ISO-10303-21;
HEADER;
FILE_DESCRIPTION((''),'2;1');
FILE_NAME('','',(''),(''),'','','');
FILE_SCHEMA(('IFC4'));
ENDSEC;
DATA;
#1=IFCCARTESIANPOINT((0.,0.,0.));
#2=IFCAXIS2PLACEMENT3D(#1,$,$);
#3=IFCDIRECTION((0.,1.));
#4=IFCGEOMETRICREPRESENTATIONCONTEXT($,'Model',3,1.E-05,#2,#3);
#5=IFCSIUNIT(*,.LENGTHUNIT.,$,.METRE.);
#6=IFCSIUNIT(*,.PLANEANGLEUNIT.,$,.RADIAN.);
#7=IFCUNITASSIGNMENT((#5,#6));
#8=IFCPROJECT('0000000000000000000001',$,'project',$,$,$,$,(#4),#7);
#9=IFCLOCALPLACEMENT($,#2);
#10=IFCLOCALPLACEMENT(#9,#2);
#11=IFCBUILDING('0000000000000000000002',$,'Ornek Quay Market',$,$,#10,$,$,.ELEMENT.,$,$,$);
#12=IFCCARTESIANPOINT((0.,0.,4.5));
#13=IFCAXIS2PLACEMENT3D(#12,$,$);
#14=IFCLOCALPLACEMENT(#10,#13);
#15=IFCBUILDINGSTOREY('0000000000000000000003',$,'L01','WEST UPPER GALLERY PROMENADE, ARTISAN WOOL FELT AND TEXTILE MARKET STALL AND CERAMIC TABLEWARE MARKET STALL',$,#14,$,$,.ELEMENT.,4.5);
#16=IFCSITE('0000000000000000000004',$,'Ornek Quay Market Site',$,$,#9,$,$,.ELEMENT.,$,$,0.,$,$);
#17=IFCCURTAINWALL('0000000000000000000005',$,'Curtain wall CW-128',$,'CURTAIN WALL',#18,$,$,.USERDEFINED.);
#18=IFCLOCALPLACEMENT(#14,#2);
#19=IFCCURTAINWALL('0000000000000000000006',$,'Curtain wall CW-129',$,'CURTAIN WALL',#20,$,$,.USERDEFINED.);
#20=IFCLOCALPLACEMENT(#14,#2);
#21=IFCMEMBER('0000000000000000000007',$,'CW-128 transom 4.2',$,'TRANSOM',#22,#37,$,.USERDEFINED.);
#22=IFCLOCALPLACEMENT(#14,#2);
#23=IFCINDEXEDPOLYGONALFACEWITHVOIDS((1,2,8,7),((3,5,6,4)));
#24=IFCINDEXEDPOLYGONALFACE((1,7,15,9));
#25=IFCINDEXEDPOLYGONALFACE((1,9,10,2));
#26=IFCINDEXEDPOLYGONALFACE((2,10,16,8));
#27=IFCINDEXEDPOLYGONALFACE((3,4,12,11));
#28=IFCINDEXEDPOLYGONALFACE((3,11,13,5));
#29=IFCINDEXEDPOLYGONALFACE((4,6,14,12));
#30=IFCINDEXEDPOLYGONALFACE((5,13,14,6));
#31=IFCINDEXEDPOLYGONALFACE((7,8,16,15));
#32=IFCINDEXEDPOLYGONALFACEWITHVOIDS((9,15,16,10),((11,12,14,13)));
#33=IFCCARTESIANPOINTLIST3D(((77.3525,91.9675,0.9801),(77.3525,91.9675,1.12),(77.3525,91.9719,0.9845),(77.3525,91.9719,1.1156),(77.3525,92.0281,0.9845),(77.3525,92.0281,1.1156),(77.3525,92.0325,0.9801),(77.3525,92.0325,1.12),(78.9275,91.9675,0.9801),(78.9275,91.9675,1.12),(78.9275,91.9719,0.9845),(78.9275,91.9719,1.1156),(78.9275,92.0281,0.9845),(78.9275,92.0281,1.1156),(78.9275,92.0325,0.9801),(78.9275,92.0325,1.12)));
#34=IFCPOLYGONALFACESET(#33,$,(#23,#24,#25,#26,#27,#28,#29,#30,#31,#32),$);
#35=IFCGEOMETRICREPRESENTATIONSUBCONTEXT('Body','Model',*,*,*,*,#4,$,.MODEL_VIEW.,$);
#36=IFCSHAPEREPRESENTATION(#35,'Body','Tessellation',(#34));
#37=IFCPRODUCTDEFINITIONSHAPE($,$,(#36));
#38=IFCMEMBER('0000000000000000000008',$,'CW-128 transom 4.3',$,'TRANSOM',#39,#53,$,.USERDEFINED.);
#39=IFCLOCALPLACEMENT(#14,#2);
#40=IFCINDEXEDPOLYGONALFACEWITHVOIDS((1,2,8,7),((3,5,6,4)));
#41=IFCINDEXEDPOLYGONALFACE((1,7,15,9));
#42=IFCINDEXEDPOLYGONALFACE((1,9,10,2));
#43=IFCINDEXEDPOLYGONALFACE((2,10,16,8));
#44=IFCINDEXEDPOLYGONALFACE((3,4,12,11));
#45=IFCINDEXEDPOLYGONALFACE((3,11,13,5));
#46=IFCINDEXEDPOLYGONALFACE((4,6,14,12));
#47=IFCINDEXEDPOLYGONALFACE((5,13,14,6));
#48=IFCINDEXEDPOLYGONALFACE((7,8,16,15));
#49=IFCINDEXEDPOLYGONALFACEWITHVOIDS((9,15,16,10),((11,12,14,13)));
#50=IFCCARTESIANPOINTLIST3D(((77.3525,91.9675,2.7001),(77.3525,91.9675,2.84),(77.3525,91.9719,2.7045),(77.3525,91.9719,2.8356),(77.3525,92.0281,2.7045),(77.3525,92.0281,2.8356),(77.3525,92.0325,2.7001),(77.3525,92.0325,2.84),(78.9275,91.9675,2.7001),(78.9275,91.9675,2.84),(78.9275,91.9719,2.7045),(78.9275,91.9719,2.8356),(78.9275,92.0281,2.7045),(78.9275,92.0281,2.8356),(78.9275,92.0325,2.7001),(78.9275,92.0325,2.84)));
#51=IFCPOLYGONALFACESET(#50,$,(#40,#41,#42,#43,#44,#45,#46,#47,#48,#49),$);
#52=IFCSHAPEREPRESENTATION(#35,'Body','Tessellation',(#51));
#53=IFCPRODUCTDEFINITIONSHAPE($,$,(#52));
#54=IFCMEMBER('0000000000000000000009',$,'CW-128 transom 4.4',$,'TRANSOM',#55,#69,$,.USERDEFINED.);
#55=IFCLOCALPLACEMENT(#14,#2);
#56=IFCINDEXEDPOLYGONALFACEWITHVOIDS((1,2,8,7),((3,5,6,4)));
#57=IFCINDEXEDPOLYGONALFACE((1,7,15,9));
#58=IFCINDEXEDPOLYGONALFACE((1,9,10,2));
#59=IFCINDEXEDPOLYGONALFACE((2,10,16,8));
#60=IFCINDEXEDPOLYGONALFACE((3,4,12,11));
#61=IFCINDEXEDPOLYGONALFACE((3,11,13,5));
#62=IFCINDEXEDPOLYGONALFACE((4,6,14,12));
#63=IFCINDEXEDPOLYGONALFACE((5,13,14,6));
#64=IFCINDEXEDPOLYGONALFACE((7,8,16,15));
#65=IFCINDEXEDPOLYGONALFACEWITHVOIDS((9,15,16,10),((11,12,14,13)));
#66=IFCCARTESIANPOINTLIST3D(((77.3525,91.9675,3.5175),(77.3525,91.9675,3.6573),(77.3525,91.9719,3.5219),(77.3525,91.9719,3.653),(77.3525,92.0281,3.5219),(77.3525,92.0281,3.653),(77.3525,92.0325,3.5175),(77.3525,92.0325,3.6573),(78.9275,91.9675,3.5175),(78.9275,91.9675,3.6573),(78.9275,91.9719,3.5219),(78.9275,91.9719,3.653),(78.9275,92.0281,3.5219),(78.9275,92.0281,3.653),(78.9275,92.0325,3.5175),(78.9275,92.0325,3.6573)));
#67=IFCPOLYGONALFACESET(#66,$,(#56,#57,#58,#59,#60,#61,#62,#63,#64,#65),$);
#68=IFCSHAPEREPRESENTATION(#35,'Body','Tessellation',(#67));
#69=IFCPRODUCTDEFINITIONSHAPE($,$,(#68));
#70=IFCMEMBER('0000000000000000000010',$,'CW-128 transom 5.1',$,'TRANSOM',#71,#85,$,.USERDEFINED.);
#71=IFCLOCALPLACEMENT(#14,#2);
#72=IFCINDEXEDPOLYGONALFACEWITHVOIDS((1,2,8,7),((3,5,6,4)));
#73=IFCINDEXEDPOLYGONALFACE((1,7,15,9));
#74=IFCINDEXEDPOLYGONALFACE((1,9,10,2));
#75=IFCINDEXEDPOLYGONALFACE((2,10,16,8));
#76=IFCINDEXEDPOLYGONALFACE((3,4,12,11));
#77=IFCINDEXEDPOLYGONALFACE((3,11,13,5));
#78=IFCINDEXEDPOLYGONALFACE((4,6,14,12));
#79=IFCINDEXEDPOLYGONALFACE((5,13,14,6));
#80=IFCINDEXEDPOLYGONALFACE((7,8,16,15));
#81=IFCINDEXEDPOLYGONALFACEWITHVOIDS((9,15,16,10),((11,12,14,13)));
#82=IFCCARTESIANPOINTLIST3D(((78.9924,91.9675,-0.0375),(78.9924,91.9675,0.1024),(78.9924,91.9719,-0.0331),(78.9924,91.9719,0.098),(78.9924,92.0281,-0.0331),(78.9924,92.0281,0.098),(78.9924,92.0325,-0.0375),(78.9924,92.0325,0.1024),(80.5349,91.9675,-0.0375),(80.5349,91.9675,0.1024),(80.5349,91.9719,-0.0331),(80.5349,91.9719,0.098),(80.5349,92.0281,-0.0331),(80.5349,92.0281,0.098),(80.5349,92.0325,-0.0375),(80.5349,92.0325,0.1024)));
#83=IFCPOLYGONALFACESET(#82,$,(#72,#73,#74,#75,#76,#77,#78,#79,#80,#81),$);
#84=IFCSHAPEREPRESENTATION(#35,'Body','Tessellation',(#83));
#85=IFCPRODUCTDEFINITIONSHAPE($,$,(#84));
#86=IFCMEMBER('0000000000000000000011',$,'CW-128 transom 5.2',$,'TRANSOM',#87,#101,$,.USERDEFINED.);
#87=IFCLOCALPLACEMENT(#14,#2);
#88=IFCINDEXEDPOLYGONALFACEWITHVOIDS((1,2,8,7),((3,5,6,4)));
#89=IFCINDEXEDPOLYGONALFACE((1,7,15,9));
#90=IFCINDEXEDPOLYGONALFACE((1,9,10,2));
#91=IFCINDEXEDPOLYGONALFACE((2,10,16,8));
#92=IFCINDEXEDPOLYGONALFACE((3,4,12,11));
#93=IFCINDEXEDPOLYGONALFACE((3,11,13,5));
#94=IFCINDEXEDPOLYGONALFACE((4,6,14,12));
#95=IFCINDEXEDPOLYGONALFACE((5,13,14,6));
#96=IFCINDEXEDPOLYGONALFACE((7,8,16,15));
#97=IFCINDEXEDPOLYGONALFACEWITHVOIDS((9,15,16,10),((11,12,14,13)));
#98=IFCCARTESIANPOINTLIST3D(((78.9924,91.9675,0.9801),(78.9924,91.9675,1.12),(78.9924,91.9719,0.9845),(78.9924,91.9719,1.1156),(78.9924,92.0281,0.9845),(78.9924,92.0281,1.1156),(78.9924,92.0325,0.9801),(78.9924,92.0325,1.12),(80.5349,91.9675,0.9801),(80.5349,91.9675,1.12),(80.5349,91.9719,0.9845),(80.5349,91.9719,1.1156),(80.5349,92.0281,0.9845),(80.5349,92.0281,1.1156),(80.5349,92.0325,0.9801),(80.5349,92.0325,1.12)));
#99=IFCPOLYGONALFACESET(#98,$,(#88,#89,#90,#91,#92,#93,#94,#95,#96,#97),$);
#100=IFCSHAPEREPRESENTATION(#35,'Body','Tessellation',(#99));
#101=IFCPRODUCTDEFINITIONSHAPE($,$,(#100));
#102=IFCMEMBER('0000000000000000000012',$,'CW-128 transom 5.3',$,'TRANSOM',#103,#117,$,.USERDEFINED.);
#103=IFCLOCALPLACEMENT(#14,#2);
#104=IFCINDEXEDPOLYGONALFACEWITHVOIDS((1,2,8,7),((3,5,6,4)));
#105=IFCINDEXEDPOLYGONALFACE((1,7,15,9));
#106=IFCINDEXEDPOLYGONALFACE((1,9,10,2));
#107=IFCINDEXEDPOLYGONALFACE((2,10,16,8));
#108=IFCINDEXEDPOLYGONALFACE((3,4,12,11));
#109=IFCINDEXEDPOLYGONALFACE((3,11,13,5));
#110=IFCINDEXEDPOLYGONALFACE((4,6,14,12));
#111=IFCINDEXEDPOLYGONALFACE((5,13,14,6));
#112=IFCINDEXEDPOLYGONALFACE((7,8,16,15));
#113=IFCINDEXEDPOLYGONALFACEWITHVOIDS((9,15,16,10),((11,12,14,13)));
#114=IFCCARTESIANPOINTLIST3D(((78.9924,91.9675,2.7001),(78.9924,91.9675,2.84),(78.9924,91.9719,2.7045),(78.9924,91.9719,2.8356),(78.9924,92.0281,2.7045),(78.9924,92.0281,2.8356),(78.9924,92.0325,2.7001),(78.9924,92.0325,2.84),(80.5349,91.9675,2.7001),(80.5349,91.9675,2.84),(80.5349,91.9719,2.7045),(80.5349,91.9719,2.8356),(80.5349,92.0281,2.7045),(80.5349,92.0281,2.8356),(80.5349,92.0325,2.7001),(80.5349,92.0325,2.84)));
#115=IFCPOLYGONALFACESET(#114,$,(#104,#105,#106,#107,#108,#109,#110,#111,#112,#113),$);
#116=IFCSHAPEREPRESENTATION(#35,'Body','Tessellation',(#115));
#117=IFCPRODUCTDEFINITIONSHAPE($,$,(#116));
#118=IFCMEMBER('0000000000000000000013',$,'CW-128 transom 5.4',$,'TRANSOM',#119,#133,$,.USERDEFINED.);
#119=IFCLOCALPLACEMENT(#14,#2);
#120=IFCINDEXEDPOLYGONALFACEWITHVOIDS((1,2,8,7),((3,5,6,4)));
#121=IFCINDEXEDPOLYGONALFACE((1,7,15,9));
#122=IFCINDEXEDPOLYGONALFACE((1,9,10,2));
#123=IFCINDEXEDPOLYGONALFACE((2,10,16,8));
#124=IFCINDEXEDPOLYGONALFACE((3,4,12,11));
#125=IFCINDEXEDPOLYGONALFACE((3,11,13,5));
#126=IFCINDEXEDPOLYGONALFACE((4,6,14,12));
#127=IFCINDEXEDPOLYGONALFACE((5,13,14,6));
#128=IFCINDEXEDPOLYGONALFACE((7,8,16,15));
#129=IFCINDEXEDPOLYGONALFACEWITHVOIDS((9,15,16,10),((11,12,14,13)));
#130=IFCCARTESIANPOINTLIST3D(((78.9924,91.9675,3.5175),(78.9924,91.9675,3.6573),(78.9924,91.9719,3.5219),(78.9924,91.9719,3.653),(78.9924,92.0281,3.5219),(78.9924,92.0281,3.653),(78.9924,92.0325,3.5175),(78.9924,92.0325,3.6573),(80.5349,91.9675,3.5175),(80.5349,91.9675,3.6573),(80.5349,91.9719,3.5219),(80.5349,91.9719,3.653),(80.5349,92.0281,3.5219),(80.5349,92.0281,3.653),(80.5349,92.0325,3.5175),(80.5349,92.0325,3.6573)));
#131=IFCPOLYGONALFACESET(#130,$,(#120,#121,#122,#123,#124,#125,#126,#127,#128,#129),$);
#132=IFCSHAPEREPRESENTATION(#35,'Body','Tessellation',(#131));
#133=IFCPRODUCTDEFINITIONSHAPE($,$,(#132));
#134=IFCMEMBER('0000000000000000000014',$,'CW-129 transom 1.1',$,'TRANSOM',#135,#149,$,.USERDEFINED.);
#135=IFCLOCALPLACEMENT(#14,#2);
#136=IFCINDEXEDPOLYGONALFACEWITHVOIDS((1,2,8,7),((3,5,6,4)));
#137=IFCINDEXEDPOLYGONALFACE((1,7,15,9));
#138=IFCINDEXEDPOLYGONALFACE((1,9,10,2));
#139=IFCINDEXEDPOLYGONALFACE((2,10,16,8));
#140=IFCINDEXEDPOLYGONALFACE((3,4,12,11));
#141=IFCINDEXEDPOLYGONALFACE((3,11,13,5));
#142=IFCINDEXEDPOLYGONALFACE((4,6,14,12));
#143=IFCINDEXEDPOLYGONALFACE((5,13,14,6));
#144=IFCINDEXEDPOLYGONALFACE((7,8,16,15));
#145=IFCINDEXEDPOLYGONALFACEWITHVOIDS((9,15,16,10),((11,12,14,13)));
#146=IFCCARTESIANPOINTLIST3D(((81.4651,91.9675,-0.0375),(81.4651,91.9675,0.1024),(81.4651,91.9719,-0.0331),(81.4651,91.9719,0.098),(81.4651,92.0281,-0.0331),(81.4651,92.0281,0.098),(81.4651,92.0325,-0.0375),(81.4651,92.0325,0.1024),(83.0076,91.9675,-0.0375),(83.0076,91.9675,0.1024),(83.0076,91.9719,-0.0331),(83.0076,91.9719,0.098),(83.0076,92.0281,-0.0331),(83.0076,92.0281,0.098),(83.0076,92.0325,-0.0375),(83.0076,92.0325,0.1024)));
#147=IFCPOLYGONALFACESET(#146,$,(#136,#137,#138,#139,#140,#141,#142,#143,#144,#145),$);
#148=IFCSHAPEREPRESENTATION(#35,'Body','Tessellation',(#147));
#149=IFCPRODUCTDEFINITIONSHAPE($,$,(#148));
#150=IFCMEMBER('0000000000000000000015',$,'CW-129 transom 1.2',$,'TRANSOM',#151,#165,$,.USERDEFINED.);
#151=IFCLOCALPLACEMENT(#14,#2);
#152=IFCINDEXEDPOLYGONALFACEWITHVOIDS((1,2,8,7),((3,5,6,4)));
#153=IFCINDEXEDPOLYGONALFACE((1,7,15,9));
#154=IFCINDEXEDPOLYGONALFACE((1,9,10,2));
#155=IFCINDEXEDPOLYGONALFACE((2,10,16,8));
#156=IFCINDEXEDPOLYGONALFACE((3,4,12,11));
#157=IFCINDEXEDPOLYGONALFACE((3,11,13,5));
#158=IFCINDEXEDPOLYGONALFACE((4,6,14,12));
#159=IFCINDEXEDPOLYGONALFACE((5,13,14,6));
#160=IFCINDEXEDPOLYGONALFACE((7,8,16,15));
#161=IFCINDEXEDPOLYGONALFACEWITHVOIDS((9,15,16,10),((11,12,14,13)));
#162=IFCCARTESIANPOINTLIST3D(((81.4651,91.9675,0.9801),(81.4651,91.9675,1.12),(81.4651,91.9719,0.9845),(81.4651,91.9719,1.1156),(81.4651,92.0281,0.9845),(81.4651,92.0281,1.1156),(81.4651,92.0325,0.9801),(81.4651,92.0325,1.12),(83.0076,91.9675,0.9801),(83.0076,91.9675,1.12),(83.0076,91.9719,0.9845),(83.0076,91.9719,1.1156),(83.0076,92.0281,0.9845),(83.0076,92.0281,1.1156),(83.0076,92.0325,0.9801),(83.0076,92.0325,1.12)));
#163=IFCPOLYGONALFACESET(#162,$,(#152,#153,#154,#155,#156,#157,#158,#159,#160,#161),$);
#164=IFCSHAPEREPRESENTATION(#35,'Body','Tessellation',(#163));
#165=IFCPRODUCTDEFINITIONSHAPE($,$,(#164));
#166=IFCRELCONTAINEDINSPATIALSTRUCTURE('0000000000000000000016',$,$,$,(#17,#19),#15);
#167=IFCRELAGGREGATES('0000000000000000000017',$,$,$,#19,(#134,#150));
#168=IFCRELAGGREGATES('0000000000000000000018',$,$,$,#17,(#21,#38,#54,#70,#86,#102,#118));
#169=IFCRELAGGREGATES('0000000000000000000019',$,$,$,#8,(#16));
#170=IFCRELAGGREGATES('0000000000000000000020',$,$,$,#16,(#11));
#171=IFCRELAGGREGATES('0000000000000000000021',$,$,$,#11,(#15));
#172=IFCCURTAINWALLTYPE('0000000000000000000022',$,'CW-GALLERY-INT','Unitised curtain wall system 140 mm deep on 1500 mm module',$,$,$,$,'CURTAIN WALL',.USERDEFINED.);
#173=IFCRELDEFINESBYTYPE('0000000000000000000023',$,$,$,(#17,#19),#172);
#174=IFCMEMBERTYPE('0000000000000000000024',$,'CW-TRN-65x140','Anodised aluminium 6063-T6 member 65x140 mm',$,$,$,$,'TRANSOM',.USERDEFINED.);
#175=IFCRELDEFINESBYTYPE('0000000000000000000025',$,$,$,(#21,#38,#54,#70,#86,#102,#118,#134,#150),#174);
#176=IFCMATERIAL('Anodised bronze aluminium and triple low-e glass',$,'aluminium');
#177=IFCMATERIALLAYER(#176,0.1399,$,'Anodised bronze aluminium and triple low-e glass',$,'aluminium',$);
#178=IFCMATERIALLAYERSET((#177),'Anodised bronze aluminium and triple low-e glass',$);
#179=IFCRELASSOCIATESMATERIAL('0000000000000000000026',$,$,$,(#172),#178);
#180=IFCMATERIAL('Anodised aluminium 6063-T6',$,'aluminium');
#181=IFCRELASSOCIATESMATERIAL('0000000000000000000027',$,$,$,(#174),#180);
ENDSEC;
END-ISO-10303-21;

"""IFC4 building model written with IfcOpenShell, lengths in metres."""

from ifc_helpers import new_model, si_unit, direction, frame, origin, origin_2d, place, context, subcontext, project, spatial, hollow_rectangle, extrude, material, layer, layer_set, material_profile, profile_set, type_object, element, aggregate, save


model = new_model("IFC4")

# Units and contexts
model_context = context("Model", 3, precision=1e-05, world=origin(), true_north=direction((0.0, 1.0)))
body_context = subcontext(model_context, "Body", "Model", "MODEL_VIEW")
ifc_project = project(units=[si_unit("LENGTHUNIT", "METRE"), si_unit("PLANEANGLEUNIT", "RADIAN")], contexts=[model_context])

# Site, building, storey
site_placement = place(None, origin())
site = spatial("IfcSite", under=ifc_project, at=site_placement, Name="Ornek Quay Market Site", CompositionType="ELEMENT", RefElevation=0.0)
building_placement = place(site_placement, origin())
building = spatial("IfcBuilding", under=site, at=building_placement, Name="Ornek Quay Market", CompositionType="ELEMENT")
storey_placement = place(building_placement, frame((0.0, 0.0, 4.5)))
storey = spatial("IfcBuildingStorey", under=building, at=storey_placement, Name="L01", Description="WEST UPPER GALLERY PROMENADE, ARTISAN WOOL FELT AND TEXTILE MARKET STALL AND CERAMIC TABLEWARE MARKET STALL", CompositionType="ELEMENT", Elevation=4.5)

# Curtain wall
ifc_material_1 = material(Name="Anodised bronze aluminium and triple low-e glass", Category="aluminium")
ifc_layer_1 = layer(ifc_material_1, 0.1399, Name="Anodised bronze aluminium and triple low-e glass", Category="aluminium")
ifc_layer_set_1 = layer_set([ifc_layer_1], Name="Anodised bronze aluminium and triple low-e glass")
curtain_wall_type = type_object("IfcCurtainWallType", Name="CW-GALLERY-INT", Description="Unitised curtain wall system 140 mm deep on 1500 mm module", ElementType="CURTAIN WALL", PredefinedType="USERDEFINED", material=ifc_layer_set_1)
curtain_wall_1_placement = place(storey_placement, origin())
curtain_wall_1 = element("IfcCurtainWall", 1, at=curtain_wall_1_placement, inside=storey, type_object=curtain_wall_type, Name="Curtain wall CW-128", ObjectType="CURTAIN WALL", PredefinedType="USERDEFINED")
ifc_material_2 = material(Name="Anodised aluminium 6063-T6", Category="aluminium")

# Curtain wall
curtain_wall_2_placement = place(storey_placement, origin())
curtain_wall_2 = element("IfcCurtainWall", 2, at=curtain_wall_2_placement, inside=storey, type_object=curtain_wall_type, Name="Curtain wall CW-129", ObjectType="CURTAIN WALL", PredefinedType="USERDEFINED")

# Members
ifc_material_profile_1 = material_profile(ifc_material_2, hollow_rectangle(XDim=0.0649, YDim=0.1399, WallThickness=0.0044, at=origin_2d()), Name="CW-TRN-65x140", Category="aluminium")
ifc_profile_set_1 = profile_set([ifc_material_profile_1], Name="Anodised aluminium 6063-T6")
member_type_1 = type_object("IfcMemberType", Name="CW-TRN-65x140", Description="Anodised aluminium 6063-T6 member 65x140 mm", ElementType="TRANSOM", PredefinedType="USERDEFINED", material=ifc_profile_set_1)
member_1_placement = place(storey_placement, frame((77.3525, 92.0, 1.05), z_axis=(1.0, 0.0, 0.0), x_axis=(0.0, 1.0, 0.0)))
member_1 = element("IfcMember", 3, at=member_1_placement, type_object=member_type_1, Name="CW-128 transom 4.2", ObjectType="TRANSOM", PredefinedType="USERDEFINED", context=body_context, shape_type="SweptSolid", body=[
    extrude(hollow_rectangle(XDim=0.0649, YDim=0.1399, WallThickness=0.0044, at=origin_2d()), origin(), (0.0, 0.0, 1.0), 1.575),
])
member_2_placement = place(storey_placement, frame((77.3525, 92.0, 2.77), z_axis=(1.0, 0.0, 0.0), x_axis=(0.0, 1.0, 0.0)))
member_2 = element("IfcMember", 4, at=member_2_placement, type_object=member_type_1, Name="CW-128 transom 4.3", ObjectType="TRANSOM", PredefinedType="USERDEFINED", context=body_context, shape_type="SweptSolid", body=[
    extrude(hollow_rectangle(XDim=0.0649, YDim=0.1399, WallThickness=0.0044, at=origin_2d()), origin(), (0.0, 0.0, 1.0), 1.575),
])
member_3_placement = place(storey_placement, frame((77.3525, 92.0, 3.5874), z_axis=(1.0, 0.0, 0.0), x_axis=(0.0, 1.0, 0.0)))
member_3 = element("IfcMember", 5, at=member_3_placement, type_object=member_type_1, Name="CW-128 transom 4.4", ObjectType="TRANSOM", PredefinedType="USERDEFINED", context=body_context, shape_type="SweptSolid", body=[
    extrude(hollow_rectangle(XDim=0.0649, YDim=0.1399, WallThickness=0.0044, at=origin_2d()), origin(), (0.0, 0.0, 1.0), 1.575),
])
member_4_placement = place(storey_placement, frame((78.9924, 92.0, 0.0325), z_axis=(1.0, 0.0, 0.0), x_axis=(0.0, 1.0, 0.0)))
member_4 = element("IfcMember", 6, at=member_4_placement, type_object=member_type_1, Name="CW-128 transom 5.1", ObjectType="TRANSOM", PredefinedType="USERDEFINED", context=body_context, shape_type="SweptSolid", body=[
    extrude(hollow_rectangle(XDim=0.0649, YDim=0.1399, WallThickness=0.0044, at=origin_2d()), origin(), (0.0, 0.0, 1.0), 1.5425),
])
member_5_placement = place(storey_placement, frame((78.9924, 92.0, 1.05), z_axis=(1.0, 0.0, 0.0), x_axis=(0.0, 1.0, 0.0)))
member_5 = element("IfcMember", 7, at=member_5_placement, type_object=member_type_1, Name="CW-128 transom 5.2", ObjectType="TRANSOM", PredefinedType="USERDEFINED", context=body_context, shape_type="SweptSolid", body=[
    extrude(hollow_rectangle(XDim=0.0649, YDim=0.1399, WallThickness=0.0044, at=origin_2d()), origin(), (0.0, 0.0, 1.0), 1.5425),
])
member_6_placement = place(storey_placement, frame((78.9924, 92.0, 2.77), z_axis=(1.0, 0.0, 0.0), x_axis=(0.0, 1.0, 0.0)))
member_6 = element("IfcMember", 8, at=member_6_placement, type_object=member_type_1, Name="CW-128 transom 5.3", ObjectType="TRANSOM", PredefinedType="USERDEFINED", context=body_context, shape_type="SweptSolid", body=[
    extrude(hollow_rectangle(XDim=0.0649, YDim=0.1399, WallThickness=0.0044, at=origin_2d()), origin(), (0.0, 0.0, 1.0), 1.5425),
])
member_7_placement = place(storey_placement, frame((78.9924, 92.0, 3.5874), z_axis=(1.0, 0.0, 0.0), x_axis=(0.0, 1.0, 0.0)))
member_7 = element("IfcMember", 9, at=member_7_placement, type_object=member_type_1, Name="CW-128 transom 5.4", ObjectType="TRANSOM", PredefinedType="USERDEFINED", context=body_context, shape_type="SweptSolid", body=[
    extrude(hollow_rectangle(XDim=0.0649, YDim=0.1399, WallThickness=0.0044, at=origin_2d()), origin(), (0.0, 0.0, 1.0), 1.5425),
])
member_8_placement = place(storey_placement, frame((81.4651, 92.0, 0.0325), z_axis=(1.0, 0.0, 0.0), x_axis=(0.0, 1.0, 0.0)))
member_8 = element("IfcMember", 10, at=member_8_placement, type_object=member_type_1, Name="CW-129 transom 1.1", ObjectType="TRANSOM", PredefinedType="USERDEFINED", context=body_context, shape_type="SweptSolid", body=[
    extrude(hollow_rectangle(XDim=0.0649, YDim=0.1399, WallThickness=0.0044, at=origin_2d()), origin(), (0.0, 0.0, 1.0), 1.5425),
])
member_9_placement = place(storey_placement, frame((81.4651, 92.0, 1.05), z_axis=(1.0, 0.0, 0.0), x_axis=(0.0, 1.0, 0.0)))
member_9 = element("IfcMember", 11, at=member_9_placement, type_object=member_type_1, Name="CW-129 transom 1.2", ObjectType="TRANSOM", PredefinedType="USERDEFINED", context=body_context, shape_type="SweptSolid", body=[
    extrude(hollow_rectangle(XDim=0.0649, YDim=0.1399, WallThickness=0.0044, at=origin_2d()), origin(), (0.0, 0.0, 1.0), 1.5425),
])
aggregate(curtain_wall_2, [member_8, member_9])

aggregate(curtain_wall_1, [member_1, member_2, member_3, member_4, member_5, member_6, member_7])

save(model, "model.ifc")
